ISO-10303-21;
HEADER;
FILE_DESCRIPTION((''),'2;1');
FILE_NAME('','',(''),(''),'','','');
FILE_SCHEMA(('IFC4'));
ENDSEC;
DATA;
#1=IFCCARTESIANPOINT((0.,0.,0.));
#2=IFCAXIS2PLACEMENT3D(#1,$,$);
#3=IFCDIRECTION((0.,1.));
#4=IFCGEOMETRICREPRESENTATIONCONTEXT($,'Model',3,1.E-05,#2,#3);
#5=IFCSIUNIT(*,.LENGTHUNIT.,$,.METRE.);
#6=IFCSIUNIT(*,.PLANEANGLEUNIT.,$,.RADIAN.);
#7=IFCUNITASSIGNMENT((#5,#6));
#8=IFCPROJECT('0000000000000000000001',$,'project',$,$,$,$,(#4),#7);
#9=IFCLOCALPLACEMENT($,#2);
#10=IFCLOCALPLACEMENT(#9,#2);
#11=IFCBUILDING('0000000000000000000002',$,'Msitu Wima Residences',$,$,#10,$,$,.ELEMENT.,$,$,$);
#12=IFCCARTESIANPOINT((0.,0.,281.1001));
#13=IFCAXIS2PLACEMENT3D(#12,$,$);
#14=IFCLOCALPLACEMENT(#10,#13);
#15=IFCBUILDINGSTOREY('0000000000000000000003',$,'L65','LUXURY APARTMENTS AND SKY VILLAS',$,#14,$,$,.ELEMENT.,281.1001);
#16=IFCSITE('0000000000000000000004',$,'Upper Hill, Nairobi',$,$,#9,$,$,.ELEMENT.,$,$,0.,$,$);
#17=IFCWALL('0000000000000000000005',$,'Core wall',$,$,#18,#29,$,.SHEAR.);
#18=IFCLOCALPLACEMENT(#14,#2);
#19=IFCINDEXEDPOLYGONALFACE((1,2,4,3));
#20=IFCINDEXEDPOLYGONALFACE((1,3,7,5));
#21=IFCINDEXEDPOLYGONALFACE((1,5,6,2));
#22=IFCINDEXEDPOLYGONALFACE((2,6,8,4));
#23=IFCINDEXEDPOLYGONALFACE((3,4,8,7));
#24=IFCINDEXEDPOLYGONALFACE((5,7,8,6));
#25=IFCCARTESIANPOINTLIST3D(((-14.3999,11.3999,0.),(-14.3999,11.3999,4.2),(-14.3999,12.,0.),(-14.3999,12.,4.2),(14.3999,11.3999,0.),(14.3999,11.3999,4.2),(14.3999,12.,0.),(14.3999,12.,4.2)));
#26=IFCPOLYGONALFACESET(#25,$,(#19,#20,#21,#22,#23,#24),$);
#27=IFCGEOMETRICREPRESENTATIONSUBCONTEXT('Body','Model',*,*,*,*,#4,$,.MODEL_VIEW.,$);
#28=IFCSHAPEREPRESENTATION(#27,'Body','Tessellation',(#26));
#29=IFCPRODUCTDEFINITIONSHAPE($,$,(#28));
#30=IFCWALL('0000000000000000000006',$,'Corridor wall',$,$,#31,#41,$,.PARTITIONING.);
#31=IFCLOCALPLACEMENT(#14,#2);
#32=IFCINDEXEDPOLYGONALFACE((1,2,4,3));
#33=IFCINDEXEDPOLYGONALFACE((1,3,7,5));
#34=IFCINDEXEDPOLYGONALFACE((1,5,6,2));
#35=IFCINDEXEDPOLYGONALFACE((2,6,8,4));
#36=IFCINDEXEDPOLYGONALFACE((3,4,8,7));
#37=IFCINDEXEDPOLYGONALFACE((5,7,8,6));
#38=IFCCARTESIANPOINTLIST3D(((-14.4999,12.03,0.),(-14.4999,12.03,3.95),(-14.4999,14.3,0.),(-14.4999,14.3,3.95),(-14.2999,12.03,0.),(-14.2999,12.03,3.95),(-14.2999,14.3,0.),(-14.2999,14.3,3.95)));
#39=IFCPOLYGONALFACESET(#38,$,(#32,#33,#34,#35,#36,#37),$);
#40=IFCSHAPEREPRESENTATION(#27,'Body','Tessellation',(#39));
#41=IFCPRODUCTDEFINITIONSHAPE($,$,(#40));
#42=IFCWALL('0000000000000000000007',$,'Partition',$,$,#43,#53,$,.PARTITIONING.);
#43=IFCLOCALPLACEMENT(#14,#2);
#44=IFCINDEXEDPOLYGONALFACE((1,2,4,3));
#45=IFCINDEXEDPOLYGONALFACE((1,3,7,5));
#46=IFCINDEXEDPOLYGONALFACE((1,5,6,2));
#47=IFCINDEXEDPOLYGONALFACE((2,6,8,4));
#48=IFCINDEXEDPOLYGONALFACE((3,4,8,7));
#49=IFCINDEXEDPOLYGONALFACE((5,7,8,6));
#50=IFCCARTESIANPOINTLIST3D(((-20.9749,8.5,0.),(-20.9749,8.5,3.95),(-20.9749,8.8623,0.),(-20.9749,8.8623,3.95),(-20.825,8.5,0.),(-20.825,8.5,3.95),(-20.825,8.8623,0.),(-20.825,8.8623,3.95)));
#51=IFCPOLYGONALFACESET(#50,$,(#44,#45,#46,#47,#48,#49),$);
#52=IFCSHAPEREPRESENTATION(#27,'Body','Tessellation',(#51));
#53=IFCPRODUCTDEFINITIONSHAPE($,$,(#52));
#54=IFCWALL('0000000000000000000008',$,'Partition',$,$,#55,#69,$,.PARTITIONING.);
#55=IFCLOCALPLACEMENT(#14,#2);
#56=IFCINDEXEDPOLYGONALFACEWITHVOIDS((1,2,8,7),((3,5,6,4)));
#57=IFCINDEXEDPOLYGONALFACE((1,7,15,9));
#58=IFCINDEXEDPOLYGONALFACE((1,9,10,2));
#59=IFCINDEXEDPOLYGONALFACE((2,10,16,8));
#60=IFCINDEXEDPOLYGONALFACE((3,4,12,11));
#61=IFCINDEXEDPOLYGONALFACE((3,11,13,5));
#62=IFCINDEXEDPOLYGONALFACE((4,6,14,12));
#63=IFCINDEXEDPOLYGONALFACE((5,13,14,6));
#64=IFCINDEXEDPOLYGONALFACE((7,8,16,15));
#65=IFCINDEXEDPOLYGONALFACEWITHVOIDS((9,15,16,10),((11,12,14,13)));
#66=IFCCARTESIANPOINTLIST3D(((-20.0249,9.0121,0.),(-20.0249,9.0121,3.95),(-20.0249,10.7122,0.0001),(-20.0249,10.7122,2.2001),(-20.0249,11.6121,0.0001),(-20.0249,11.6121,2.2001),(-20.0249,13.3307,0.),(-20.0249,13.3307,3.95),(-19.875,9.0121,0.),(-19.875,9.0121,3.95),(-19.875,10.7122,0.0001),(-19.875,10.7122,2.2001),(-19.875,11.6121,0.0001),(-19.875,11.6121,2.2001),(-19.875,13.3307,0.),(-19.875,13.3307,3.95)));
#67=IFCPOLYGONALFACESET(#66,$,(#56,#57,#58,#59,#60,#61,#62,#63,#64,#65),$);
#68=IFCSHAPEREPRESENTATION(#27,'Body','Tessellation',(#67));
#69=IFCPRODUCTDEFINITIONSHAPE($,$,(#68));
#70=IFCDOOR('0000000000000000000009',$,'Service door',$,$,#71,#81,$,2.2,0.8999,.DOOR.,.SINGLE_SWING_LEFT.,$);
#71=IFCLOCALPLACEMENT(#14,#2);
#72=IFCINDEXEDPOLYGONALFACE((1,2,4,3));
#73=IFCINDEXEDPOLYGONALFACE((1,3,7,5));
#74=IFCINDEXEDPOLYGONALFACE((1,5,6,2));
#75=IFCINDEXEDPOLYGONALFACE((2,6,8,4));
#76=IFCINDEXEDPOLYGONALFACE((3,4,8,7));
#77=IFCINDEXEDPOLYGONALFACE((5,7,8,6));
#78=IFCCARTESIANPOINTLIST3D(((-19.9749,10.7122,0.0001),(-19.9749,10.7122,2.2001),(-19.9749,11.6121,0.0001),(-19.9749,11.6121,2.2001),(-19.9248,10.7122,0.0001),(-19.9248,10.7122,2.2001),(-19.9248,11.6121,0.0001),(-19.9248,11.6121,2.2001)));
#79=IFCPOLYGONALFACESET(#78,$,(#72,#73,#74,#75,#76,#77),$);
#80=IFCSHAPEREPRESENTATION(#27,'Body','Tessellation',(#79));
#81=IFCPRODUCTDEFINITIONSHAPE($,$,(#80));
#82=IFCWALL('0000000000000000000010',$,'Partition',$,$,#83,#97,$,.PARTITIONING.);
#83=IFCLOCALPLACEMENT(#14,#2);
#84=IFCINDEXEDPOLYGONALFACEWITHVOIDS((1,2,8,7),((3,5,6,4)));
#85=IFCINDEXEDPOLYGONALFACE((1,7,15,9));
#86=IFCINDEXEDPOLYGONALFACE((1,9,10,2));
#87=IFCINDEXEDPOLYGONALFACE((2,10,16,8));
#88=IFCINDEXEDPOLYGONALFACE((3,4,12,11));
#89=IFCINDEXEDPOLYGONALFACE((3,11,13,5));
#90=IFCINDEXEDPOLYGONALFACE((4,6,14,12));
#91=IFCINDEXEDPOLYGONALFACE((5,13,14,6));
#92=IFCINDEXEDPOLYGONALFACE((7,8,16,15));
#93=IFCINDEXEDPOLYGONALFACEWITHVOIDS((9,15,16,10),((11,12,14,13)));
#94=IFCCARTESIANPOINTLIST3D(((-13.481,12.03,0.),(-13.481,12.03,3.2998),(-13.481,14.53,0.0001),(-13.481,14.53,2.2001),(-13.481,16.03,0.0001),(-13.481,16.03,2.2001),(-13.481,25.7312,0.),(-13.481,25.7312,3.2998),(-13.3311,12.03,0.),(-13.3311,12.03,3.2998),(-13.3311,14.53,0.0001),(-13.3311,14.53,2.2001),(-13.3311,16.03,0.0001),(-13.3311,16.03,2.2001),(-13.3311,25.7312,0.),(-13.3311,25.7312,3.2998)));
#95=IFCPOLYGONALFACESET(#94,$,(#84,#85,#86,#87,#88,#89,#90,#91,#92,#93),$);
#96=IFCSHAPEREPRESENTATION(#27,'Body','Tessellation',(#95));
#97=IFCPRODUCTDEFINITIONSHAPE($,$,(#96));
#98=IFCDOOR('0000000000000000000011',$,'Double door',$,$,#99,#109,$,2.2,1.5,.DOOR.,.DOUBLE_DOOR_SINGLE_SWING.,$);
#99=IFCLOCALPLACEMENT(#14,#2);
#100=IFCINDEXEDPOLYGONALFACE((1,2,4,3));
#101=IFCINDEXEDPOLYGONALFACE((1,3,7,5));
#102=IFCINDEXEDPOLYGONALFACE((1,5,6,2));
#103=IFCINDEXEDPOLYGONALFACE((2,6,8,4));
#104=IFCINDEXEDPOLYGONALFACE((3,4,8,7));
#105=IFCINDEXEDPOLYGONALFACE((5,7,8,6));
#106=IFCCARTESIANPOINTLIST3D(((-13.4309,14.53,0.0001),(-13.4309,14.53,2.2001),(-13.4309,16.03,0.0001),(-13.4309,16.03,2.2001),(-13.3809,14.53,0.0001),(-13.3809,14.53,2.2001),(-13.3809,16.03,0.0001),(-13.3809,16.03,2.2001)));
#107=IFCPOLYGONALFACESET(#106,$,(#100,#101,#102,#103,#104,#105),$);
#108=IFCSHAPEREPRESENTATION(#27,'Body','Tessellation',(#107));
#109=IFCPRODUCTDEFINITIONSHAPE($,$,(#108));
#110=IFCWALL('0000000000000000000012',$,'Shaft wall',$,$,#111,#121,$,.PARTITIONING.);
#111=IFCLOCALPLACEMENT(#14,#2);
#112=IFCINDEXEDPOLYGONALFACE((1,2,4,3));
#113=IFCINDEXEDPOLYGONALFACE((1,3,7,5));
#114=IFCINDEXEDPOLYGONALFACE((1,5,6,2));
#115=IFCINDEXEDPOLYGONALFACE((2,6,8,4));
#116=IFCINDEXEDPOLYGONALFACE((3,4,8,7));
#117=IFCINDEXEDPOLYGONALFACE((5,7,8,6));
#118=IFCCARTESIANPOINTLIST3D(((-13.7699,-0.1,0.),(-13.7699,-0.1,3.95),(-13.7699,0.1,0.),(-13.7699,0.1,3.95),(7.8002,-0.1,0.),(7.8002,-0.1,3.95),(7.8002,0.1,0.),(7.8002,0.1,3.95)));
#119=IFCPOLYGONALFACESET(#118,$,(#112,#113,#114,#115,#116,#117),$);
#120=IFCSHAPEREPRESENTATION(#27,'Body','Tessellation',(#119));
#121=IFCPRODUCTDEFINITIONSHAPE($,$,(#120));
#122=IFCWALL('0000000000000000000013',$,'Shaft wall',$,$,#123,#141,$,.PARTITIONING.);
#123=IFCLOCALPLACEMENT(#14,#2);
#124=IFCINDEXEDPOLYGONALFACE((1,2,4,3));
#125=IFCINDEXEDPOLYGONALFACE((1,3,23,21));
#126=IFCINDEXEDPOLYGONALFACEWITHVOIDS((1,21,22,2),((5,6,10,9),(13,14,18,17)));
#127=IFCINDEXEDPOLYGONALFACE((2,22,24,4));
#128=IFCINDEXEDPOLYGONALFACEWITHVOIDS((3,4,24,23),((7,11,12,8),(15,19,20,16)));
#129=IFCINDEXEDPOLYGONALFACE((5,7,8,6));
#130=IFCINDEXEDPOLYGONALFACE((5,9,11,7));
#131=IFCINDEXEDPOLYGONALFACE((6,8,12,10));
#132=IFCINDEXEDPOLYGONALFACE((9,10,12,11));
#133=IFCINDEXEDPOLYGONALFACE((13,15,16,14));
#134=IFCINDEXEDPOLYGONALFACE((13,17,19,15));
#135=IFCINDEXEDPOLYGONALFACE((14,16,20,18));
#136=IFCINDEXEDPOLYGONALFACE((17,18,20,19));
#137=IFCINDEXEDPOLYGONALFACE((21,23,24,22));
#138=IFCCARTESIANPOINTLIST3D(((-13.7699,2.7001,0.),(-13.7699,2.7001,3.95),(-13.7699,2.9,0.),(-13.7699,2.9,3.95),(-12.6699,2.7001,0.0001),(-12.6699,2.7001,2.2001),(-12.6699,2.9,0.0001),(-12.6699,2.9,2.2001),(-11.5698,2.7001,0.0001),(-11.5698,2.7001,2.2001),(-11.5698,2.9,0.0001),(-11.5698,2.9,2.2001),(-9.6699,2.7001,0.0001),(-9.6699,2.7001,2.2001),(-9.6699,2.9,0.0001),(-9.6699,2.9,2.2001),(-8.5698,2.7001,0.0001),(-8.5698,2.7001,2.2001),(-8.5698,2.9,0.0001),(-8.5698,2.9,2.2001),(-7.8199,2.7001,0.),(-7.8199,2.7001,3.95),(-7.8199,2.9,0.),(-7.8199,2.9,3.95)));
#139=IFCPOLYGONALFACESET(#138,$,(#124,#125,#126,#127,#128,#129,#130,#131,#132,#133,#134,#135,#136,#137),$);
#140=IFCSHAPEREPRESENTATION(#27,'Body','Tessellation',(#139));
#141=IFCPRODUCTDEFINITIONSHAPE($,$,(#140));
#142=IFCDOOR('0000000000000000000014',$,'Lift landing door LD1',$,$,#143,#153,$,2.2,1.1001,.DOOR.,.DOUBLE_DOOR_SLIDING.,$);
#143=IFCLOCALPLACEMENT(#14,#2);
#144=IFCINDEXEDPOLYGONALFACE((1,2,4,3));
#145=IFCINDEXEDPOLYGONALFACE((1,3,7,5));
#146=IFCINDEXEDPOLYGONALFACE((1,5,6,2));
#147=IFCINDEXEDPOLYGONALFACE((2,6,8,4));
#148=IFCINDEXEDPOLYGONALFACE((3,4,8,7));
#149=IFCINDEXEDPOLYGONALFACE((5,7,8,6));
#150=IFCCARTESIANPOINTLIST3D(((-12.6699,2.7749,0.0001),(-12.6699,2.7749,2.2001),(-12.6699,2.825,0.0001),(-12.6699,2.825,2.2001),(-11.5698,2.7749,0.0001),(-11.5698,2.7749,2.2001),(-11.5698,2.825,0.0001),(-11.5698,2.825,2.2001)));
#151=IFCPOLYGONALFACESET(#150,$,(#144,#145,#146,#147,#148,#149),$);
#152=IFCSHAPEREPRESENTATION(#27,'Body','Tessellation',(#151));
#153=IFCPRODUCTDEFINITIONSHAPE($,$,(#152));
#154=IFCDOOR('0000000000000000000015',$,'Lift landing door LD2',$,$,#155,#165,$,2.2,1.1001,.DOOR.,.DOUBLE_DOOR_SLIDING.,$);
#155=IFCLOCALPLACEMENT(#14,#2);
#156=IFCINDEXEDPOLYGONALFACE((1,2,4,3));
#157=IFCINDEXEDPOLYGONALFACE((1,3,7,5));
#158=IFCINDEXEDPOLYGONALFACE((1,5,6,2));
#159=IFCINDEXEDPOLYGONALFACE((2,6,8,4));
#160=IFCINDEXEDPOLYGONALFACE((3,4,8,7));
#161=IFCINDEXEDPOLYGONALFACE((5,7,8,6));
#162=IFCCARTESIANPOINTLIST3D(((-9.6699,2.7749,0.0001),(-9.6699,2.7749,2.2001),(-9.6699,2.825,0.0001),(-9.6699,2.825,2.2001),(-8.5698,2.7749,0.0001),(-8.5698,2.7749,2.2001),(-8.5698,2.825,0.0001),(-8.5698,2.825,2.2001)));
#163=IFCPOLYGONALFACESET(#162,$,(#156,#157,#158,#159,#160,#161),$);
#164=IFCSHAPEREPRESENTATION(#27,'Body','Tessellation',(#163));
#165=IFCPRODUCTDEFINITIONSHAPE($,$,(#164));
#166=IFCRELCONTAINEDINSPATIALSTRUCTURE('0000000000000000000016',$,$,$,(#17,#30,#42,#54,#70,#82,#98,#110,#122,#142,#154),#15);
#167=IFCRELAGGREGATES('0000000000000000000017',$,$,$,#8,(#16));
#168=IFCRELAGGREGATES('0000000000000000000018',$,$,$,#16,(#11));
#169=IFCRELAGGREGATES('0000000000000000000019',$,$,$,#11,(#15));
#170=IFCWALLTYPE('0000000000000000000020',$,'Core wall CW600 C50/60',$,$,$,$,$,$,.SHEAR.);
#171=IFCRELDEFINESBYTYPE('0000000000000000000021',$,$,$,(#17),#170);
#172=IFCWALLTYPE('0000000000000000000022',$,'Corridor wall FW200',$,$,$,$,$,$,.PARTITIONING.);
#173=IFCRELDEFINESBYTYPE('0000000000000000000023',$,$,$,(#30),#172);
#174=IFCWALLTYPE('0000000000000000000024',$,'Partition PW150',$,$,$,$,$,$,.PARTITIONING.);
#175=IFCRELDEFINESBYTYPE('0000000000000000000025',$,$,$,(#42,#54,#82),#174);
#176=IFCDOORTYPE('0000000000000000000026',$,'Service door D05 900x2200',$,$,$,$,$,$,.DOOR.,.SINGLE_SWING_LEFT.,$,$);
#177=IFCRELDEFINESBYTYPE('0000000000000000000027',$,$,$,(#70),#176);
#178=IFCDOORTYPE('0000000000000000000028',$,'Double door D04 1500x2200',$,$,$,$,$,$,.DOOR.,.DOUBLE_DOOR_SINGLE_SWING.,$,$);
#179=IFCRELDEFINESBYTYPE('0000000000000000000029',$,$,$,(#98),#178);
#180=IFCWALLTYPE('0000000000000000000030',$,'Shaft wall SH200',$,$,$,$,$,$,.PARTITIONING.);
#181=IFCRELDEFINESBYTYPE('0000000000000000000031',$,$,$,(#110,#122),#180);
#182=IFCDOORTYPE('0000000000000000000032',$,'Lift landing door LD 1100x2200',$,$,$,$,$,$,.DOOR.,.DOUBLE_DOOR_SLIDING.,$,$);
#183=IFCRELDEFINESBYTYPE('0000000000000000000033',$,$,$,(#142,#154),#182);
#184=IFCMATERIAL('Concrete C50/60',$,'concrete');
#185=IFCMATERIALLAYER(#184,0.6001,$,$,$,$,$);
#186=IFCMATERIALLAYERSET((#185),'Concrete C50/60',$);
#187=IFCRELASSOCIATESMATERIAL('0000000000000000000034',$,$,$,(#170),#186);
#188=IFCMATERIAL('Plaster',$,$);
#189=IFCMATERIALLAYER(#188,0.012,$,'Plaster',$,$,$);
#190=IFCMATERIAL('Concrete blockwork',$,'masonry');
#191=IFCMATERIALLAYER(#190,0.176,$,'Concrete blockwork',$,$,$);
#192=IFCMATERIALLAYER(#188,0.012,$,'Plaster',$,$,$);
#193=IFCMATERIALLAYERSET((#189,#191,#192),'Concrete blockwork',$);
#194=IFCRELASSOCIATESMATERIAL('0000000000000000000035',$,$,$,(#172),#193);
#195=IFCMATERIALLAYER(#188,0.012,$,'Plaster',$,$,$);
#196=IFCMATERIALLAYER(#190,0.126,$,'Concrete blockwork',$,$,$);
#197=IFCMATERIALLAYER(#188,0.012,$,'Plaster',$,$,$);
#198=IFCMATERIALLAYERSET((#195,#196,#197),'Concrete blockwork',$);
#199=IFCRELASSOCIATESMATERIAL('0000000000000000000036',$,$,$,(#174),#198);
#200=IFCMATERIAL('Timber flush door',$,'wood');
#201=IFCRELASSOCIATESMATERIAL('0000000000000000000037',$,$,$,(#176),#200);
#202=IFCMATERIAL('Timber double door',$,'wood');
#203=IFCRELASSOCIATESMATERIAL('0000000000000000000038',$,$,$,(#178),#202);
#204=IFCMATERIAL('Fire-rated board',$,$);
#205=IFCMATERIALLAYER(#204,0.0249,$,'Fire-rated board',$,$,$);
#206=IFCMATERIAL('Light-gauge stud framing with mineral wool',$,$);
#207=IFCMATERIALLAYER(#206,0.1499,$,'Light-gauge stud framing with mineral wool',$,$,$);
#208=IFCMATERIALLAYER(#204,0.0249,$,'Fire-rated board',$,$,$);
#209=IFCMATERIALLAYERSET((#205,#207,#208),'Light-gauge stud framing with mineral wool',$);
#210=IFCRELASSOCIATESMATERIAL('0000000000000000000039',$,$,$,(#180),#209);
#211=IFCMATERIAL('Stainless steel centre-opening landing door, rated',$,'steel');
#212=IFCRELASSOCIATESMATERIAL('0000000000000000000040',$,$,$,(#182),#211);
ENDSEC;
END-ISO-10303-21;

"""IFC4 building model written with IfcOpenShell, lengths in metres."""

from ifc_helpers import new_model, si_unit, direction, frame, frame_2d, origin, place, context, subcontext, project, spatial, rectangle, extrude, material, layer, layer_set, type_object, element, fill, save


model = new_model("IFC4")

# Units and contexts
model_context = context("Model", 3, precision=1e-05, world=origin(), true_north=direction((0.0, 1.0)))
body_context = subcontext(model_context, "Body", "Model", "MODEL_VIEW")
ifc_project = project(units=[si_unit("LENGTHUNIT", "METRE"), si_unit("PLANEANGLEUNIT", "RADIAN")], contexts=[model_context])

# Site, building, storey
site_placement = place(None, origin())
site = spatial("IfcSite", under=ifc_project, at=site_placement, Name="Upper Hill, Nairobi", CompositionType="ELEMENT", RefElevation=0.0)
building_placement = place(site_placement, origin())
building = spatial("IfcBuilding", under=site, at=building_placement, Name="Msitu Wima Residences", CompositionType="ELEMENT")
storey_placement = place(building_placement, frame((0.0, 0.0, 281.1001)))
storey = spatial("IfcBuildingStorey", under=building, at=storey_placement, Name="L65", Description="LUXURY APARTMENTS AND SKY VILLAS", CompositionType="ELEMENT", Elevation=281.1001)

# Walls
ifc_material_1 = material(Name="Concrete C50/60", Category="concrete")
ifc_layer_1 = layer(ifc_material_1, 0.6001)
ifc_layer_set_1 = layer_set([ifc_layer_1], Name="Concrete C50/60")
wall_type_1 = type_object("IfcWallType", Name="Core wall CW600 C50/60", PredefinedType="SHEAR", material=ifc_layer_set_1)
wall_1_placement = place(storey_placement, frame((-14.3999, 11.7, 0.0), z_axis=(0.0, 0.0, 1.0), x_axis=(1.0, 0.0, 0.0)))
element("IfcWall", 1, at=wall_1_placement, inside=storey, type_object=wall_type_1, Name="Core wall", PredefinedType="SHEAR", context=body_context, shape_type="SweptSolid", body=[
    extrude(rectangle(XDim=28.7998, YDim=0.6001, at=frame_2d((14.3999, 0.0))), origin(), (0.0, 0.0, 1.0), 4.2),
])
ifc_material_2 = material(Name="Plaster")
ifc_layer_2 = layer(ifc_material_2, 0.012, Name="Plaster")
ifc_material_3 = material(Name="Concrete blockwork", Category="masonry")
ifc_layer_3 = layer(ifc_material_3, 0.176, Name="Concrete blockwork")
ifc_layer_4 = layer(ifc_material_2, 0.012, Name="Plaster")
ifc_layer_set_2 = layer_set([ifc_layer_2, ifc_layer_3, ifc_layer_4], Name="Concrete blockwork")
wall_type_2 = type_object("IfcWallType", Name="Corridor wall FW200", PredefinedType="PARTITIONING", material=ifc_layer_set_2)
wall_2_placement = place(storey_placement, frame((-14.3999, 12.03, 0.0), z_axis=(0.0, 0.0, 1.0), x_axis=(0.0, 1.0, 0.0)))
element("IfcWall", 2, at=wall_2_placement, inside=storey, type_object=wall_type_2, Name="Corridor wall", PredefinedType="PARTITIONING", context=body_context, shape_type="SweptSolid", body=[
    extrude(rectangle(XDim=2.27, YDim=0.2, at=frame_2d((1.135, 0.0))), origin(), (0.0, 0.0, 1.0), 3.95),
])
ifc_layer_5 = layer(ifc_material_2, 0.012, Name="Plaster")
ifc_layer_6 = layer(ifc_material_3, 0.126, Name="Concrete blockwork")
ifc_layer_7 = layer(ifc_material_2, 0.012, Name="Plaster")
ifc_layer_set_3 = layer_set([ifc_layer_5, ifc_layer_6, ifc_layer_7], Name="Concrete blockwork")
wall_type_3 = type_object("IfcWallType", Name="Partition PW150", PredefinedType="PARTITIONING", material=ifc_layer_set_3)
wall_3_placement = place(storey_placement, frame((-20.8999, 8.5, 0.0), z_axis=(0.0, 0.0, 1.0), x_axis=(0.0, 1.0, 0.0)))
element("IfcWall", 3, at=wall_3_placement, inside=storey, type_object=wall_type_3, Name="Partition", PredefinedType="PARTITIONING", context=body_context, shape_type="SweptSolid", body=[
    extrude(rectangle(XDim=0.3623, YDim=0.1499, at=frame_2d((0.1812, 0.0))), origin(), (0.0, 0.0, 1.0), 3.95),
])

# Walls, openings, doors
wall_4_placement = place(storey_placement, frame((-19.95, 9.0122, 0.0), z_axis=(0.0, 0.0, 1.0), x_axis=(0.0, 1.0, 0.0)))
wall_4 = element("IfcWall", 4, at=wall_4_placement, inside=storey, type_object=wall_type_3, Name="Partition", PredefinedType="PARTITIONING", context=body_context, shape_type="SweptSolid", body=[
    extrude(rectangle(XDim=4.3186, YDim=0.1499, at=frame_2d((2.1592, 0.0))), origin(), (0.0, 0.0, 1.0), 3.95),
])
opening_1_placement = place(wall_4_placement, frame((1.7, 0.0, 0.0)))
opening_1 = element("IfcOpeningElement", 5, at=opening_1_placement, cuts=wall_4, PredefinedType="OPENING", context=body_context, shape_type="SweptSolid", body=[
    extrude(rectangle(XDim=0.8999, YDim=2.2, at=frame_2d((0.45, 1.1001))), frame((0.0, 0.085, 0.0), z_axis=(0.0, -1.0, 0.0), x_axis=(1.0, 0.0, 0.0)), (0.0, 0.0, 1.0), 0.1699),
])
ifc_material_4 = material(Name="Timber flush door", Category="wood")
door_type_1 = type_object("IfcDoorType", Name="Service door D05 900x2200", OperationType="SINGLE_SWING_LEFT", PredefinedType="DOOR", material=ifc_material_4)
door_1_placement = place(opening_1_placement, origin())
door_1 = element("IfcDoor", 6, at=door_1_placement, inside=storey, type_object=door_type_1, Name="Service door", OperationType="SINGLE_SWING_LEFT", OverallHeight=2.2, OverallWidth=0.8999, PredefinedType="DOOR", context=body_context, shape_type="SweptSolid", body=[
    extrude(rectangle(XDim=0.8999, YDim=2.2, at=frame_2d((0.45, 1.1001))), frame((0.0, 0.0249, 0.0), z_axis=(0.0, -1.0, 0.0), x_axis=(1.0, 0.0, 0.0)), (0.0, 0.0, 1.0), 0.05),
])
fill(opening_1, door_1)
wall_5_placement = place(storey_placement, frame((-13.406, 12.03, 0.0), z_axis=(0.0, 0.0, 1.0), x_axis=(0.0, 1.0, 0.0)))
wall_5 = element("IfcWall", 7, at=wall_5_placement, inside=storey, type_object=wall_type_3, Name="Partition", PredefinedType="PARTITIONING", context=body_context, shape_type="SweptSolid", body=[
    extrude(rectangle(XDim=13.7012, YDim=0.1499, at=frame_2d((6.8506, 0.0))), origin(), (0.0, 0.0, 1.0), 3.2998),
])
opening_2_placement = place(wall_5_placement, frame((2.5, 0.0, 0.0)))
opening_2 = element("IfcOpeningElement", 8, at=opening_2_placement, cuts=wall_5, PredefinedType="OPENING", context=body_context, shape_type="SweptSolid", body=[
    extrude(rectangle(XDim=1.5, YDim=2.2, at=frame_2d((0.75, 1.1001))), frame((0.0, 0.085, 0.0), z_axis=(0.0, -1.0, 0.0), x_axis=(1.0, 0.0, 0.0)), (0.0, 0.0, 1.0), 0.1699),
])
ifc_material_5 = material(Name="Timber double door", Category="wood")
door_type_2 = type_object("IfcDoorType", Name="Double door D04 1500x2200", OperationType="DOUBLE_DOOR_SINGLE_SWING", PredefinedType="DOOR", material=ifc_material_5)
door_2_placement = place(opening_2_placement, origin())
door_2 = element("IfcDoor", 9, at=door_2_placement, inside=storey, type_object=door_type_2, Name="Double door", OperationType="DOUBLE_DOOR_SINGLE_SWING", OverallHeight=2.2, OverallWidth=1.5, PredefinedType="DOOR", context=body_context, shape_type="SweptSolid", body=[
    extrude(rectangle(XDim=1.5, YDim=2.2, at=frame_2d((0.75, 1.1001))), frame((0.0, 0.0249, 0.0), z_axis=(0.0, -1.0, 0.0), x_axis=(1.0, 0.0, 0.0)), (0.0, 0.0, 1.0), 0.05),
])
fill(opening_2, door_2)

# Wall
ifc_material_6 = material(Name="Fire-rated board")
ifc_layer_8 = layer(ifc_material_6, 0.0249, Name="Fire-rated board")
ifc_material_7 = material(Name="Light-gauge stud framing with mineral wool")
ifc_layer_9 = layer(ifc_material_7, 0.1499, Name="Light-gauge stud framing with mineral wool")
ifc_layer_10 = layer(ifc_material_6, 0.0249, Name="Fire-rated board")
ifc_layer_set_4 = layer_set([ifc_layer_8, ifc_layer_9, ifc_layer_10], Name="Light-gauge stud framing with mineral wool")
wall_type_4 = type_object("IfcWallType", Name="Shaft wall SH200", PredefinedType="PARTITIONING", material=ifc_layer_set_4)
wall_6_placement = place(storey_placement, frame((-13.77, 0.0, 0.0), z_axis=(0.0, 0.0, 1.0), x_axis=(1.0, 0.0, 0.0)))
element("IfcWall", 10, at=wall_6_placement, inside=storey, type_object=wall_type_4, Name="Shaft wall", PredefinedType="PARTITIONING", context=body_context, shape_type="SweptSolid", body=[
    extrude(rectangle(XDim=21.5701, YDim=0.2, at=frame_2d((10.7852, 0.0))), origin(), (0.0, 0.0, 1.0), 3.95),
])

# Wall, openings, doors
wall_7_placement = place(storey_placement, frame((-13.77, 2.8, 0.0), z_axis=(0.0, 0.0, 1.0), x_axis=(1.0, 0.0, 0.0)))
wall_7 = element("IfcWall", 11, at=wall_7_placement, inside=storey, type_object=wall_type_4, Name="Shaft wall", PredefinedType="PARTITIONING", context=body_context, shape_type="SweptSolid", body=[
    extrude(rectangle(XDim=5.95, YDim=0.2, at=frame_2d((2.9751, 0.0))), origin(), (0.0, 0.0, 1.0), 3.95),
])
opening_3_placement = place(wall_7_placement, frame((1.1001, 0.0, 0.0)))
opening_3 = element("IfcOpeningElement", 12, at=opening_3_placement, cuts=wall_7, PredefinedType="OPENING", context=body_context, shape_type="SweptSolid", body=[
    extrude(rectangle(XDim=1.1001, YDim=2.2, at=frame_2d((0.55, 1.1001))), frame((0.0, 0.1099, 0.0), z_axis=(0.0, -1.0, 0.0), x_axis=(1.0, 0.0, 0.0)), (0.0, 0.0, 1.0), 0.22),
])
opening_4_placement = place(wall_7_placement, frame((4.1001, 0.0, 0.0)))
opening_4 = element("IfcOpeningElement", 13, at=opening_4_placement, cuts=wall_7, PredefinedType="OPENING", context=body_context, shape_type="SweptSolid", body=[
    extrude(rectangle(XDim=1.1001, YDim=2.2, at=frame_2d((0.55, 1.1001))), frame((0.0, 0.1099, 0.0), z_axis=(0.0, -1.0, 0.0), x_axis=(1.0, 0.0, 0.0)), (0.0, 0.0, 1.0), 0.22),
])
ifc_material_8 = material(Name="Stainless steel centre-opening landing door, rated", Category="steel")
door_type_3 = type_object("IfcDoorType", Name="Lift landing door LD 1100x2200", OperationType="DOUBLE_DOOR_SLIDING", PredefinedType="DOOR", material=ifc_material_8)
door_3_placement = place(opening_3_placement, origin())
door_3 = element("IfcDoor", 14, at=door_3_placement, inside=storey, type_object=door_type_3, Name="Lift landing door LD1", OperationType="DOUBLE_DOOR_SLIDING", OverallHeight=2.2, OverallWidth=1.1001, PredefinedType="DOOR", context=body_context, shape_type="SweptSolid", body=[
    extrude(rectangle(XDim=1.1001, YDim=2.2, at=frame_2d((0.55, 1.1001))), frame((0.0, 0.0249, 0.0), z_axis=(0.0, -1.0, 0.0), x_axis=(1.0, 0.0, 0.0)), (0.0, 0.0, 1.0), 0.05),
])
fill(opening_3, door_3)
door_4_placement = place(opening_4_placement, origin())
door_4 = element("IfcDoor", 15, at=door_4_placement, inside=storey, type_object=door_type_3, Name="Lift landing door LD2", OperationType="DOUBLE_DOOR_SLIDING", OverallHeight=2.2, OverallWidth=1.1001, PredefinedType="DOOR", context=body_context, shape_type="SweptSolid", body=[
    extrude(rectangle(XDim=1.1001, YDim=2.2, at=frame_2d((0.55, 1.1001))), frame((0.0, 0.0249, 0.0), z_axis=(0.0, -1.0, 0.0), x_axis=(1.0, 0.0, 0.0)), (0.0, 0.0, 1.0), 0.05),
])
fill(opening_4, door_4)

save(model, "model.ifc")
